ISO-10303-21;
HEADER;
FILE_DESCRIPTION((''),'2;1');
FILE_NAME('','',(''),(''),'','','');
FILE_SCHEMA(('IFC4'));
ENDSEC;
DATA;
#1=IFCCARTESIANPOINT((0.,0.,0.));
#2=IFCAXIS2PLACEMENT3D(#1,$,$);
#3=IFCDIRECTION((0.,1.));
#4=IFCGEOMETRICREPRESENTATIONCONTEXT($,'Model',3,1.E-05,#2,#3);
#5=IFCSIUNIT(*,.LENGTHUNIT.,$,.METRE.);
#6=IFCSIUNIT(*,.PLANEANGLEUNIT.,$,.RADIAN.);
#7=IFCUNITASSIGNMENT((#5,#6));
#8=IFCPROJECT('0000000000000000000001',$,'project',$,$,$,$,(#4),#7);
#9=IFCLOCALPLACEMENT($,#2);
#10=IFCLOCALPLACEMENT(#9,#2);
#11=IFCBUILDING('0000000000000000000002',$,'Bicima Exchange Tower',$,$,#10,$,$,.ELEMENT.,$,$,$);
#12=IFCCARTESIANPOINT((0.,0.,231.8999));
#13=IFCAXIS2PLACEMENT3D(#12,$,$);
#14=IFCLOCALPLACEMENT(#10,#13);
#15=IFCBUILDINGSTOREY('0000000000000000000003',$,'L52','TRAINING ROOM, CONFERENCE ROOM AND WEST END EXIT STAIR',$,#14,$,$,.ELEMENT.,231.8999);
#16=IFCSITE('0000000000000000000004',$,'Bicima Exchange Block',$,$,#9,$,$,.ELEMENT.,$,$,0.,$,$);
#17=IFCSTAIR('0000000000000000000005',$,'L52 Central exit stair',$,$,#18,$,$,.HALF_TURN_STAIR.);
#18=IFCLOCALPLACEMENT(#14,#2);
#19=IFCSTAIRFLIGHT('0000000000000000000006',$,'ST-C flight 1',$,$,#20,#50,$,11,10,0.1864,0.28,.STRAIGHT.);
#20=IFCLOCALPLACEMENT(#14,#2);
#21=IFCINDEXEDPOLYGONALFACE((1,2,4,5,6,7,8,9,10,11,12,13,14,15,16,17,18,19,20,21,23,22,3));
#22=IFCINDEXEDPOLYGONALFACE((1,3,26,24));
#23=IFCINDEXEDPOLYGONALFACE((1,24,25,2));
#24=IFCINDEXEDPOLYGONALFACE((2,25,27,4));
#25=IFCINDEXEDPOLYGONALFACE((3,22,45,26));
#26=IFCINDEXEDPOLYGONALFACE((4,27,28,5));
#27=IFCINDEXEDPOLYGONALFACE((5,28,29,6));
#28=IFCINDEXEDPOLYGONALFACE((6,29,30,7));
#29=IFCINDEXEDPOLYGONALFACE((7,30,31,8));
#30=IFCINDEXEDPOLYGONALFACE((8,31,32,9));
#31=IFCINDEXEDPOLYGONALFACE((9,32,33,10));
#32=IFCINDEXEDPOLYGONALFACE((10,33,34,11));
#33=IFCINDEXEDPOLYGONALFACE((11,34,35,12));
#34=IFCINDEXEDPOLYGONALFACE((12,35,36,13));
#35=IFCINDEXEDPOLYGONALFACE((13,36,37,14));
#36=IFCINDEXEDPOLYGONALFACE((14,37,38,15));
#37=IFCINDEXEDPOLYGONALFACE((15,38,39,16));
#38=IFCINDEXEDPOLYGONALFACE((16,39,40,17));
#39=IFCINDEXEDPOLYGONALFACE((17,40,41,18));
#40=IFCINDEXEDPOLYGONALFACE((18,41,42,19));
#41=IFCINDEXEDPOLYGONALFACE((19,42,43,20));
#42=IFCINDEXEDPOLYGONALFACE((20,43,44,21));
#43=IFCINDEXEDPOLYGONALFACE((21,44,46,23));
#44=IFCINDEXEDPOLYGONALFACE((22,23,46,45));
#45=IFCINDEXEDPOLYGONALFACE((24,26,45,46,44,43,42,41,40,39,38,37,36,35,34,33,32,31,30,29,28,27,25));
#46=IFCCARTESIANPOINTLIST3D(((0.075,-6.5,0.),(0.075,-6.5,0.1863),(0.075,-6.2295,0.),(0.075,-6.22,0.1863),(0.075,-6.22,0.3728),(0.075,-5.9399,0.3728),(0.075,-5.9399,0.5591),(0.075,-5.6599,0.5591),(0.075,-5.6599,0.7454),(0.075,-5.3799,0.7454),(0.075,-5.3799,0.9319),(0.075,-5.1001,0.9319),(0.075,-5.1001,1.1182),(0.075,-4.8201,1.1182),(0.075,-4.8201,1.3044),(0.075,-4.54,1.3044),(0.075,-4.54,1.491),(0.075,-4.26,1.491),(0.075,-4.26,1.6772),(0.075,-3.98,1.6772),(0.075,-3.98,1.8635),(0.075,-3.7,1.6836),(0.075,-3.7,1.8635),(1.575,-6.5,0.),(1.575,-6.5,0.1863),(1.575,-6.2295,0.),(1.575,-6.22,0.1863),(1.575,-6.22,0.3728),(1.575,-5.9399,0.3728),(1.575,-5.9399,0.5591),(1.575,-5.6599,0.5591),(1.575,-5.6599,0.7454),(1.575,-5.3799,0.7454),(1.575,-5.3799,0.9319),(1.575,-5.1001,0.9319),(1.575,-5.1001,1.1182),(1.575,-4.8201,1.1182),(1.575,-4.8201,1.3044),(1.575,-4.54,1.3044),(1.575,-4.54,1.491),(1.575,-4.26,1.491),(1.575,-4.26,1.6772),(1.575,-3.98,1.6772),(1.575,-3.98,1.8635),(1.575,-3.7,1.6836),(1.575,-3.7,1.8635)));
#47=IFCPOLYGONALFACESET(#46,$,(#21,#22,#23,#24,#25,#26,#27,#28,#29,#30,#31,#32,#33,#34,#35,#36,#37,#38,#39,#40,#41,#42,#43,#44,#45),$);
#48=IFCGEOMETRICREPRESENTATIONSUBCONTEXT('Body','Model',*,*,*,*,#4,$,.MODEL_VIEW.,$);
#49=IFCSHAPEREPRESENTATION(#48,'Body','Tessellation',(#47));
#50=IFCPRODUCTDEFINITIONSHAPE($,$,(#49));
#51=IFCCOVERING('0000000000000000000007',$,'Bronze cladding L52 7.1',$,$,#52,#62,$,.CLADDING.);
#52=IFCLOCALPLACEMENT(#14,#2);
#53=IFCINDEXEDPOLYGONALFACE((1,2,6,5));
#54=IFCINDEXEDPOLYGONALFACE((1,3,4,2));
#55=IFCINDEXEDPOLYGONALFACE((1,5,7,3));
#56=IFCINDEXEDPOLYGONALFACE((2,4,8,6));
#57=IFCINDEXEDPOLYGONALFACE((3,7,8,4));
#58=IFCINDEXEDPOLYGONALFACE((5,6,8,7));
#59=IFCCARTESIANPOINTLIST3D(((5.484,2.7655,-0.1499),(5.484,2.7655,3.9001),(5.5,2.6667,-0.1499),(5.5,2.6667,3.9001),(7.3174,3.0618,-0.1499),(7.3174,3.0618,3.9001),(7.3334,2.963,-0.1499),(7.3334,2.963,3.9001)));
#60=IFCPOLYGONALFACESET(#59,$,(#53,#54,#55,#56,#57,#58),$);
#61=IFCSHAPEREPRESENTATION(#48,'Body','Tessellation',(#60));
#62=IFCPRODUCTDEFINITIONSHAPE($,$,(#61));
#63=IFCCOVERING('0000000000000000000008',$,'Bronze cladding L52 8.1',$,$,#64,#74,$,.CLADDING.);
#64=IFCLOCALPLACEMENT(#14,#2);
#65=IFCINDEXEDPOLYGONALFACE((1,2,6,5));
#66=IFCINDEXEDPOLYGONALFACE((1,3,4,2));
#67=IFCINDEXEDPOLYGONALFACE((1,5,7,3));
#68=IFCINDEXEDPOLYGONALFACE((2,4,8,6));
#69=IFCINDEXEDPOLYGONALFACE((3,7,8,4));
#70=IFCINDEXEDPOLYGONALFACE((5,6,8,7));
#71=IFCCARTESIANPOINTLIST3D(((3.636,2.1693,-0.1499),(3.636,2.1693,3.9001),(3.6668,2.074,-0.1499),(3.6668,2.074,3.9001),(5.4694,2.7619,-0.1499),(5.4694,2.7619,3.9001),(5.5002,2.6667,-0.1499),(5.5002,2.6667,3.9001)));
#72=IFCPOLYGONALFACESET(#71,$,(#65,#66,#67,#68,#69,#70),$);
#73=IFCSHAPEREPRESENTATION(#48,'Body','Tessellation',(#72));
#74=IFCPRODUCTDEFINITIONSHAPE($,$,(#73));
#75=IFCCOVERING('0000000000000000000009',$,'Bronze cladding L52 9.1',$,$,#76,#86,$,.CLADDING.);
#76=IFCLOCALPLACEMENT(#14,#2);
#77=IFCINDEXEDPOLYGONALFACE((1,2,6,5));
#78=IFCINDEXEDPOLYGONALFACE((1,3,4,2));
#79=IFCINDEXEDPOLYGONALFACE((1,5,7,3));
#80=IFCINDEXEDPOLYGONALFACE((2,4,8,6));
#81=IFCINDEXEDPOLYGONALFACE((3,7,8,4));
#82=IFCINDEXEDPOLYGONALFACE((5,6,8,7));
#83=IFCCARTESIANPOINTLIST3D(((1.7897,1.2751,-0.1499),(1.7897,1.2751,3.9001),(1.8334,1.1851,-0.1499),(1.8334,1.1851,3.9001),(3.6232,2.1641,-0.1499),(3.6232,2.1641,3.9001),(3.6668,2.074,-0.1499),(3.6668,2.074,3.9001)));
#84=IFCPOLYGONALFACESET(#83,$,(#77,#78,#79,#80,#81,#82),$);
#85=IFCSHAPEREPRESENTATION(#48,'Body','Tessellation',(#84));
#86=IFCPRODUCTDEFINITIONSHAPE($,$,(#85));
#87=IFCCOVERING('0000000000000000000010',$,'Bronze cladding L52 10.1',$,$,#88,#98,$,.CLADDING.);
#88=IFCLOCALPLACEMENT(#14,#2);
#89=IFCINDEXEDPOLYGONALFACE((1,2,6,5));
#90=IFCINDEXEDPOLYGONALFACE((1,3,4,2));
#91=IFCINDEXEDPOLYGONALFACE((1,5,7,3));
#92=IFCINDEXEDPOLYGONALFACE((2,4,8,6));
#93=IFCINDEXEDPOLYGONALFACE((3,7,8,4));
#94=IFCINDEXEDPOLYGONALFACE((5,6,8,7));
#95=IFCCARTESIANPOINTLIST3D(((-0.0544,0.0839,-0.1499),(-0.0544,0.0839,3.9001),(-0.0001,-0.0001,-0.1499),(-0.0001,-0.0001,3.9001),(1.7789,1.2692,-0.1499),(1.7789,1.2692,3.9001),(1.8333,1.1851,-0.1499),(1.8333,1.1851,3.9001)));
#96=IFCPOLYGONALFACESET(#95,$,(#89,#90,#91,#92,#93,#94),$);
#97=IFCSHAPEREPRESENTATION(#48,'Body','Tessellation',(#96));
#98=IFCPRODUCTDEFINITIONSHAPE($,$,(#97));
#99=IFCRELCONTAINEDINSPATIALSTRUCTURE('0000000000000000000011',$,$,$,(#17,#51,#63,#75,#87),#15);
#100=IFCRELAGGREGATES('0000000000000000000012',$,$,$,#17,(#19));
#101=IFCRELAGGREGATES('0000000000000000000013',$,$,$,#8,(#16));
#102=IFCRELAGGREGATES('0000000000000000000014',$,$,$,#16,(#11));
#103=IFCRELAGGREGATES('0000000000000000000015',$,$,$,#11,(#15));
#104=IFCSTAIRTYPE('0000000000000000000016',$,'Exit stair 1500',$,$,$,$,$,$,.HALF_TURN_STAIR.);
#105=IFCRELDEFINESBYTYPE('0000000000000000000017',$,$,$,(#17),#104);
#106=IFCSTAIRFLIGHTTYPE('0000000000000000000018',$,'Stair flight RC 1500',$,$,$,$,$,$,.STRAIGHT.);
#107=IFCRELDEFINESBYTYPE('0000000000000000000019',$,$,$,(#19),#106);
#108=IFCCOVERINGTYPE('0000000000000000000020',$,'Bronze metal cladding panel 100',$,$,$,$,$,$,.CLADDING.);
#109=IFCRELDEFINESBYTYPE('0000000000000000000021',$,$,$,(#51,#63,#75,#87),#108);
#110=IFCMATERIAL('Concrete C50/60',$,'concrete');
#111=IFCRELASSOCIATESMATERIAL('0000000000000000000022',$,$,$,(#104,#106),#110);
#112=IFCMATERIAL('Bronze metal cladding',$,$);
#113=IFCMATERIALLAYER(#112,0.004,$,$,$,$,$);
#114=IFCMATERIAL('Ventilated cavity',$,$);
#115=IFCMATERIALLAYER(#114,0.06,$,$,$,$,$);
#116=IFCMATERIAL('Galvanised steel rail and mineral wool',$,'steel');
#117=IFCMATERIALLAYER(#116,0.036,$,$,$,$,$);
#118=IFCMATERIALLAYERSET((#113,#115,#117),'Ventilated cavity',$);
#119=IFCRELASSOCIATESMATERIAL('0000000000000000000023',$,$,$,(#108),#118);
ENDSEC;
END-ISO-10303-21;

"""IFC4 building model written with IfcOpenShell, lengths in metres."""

from ifc_helpers import new_model, si_unit, direction, frame, origin, origin_2d, place, context, subcontext, project, spatial, polyline, rectangle, outline, extrude, material, layer, layer_set, type_object, element, aggregate, save


model = new_model("IFC4")

# Units and contexts
model_context = context("Model", 3, precision=1e-05, world=origin(), true_north=direction((0.0, 1.0)))
body_context = subcontext(model_context, "Body", "Model", "MODEL_VIEW")
ifc_project = project(units=[si_unit("LENGTHUNIT", "METRE"), si_unit("PLANEANGLEUNIT", "RADIAN")], contexts=[model_context])

# Site, building, storey
site_placement = place(None, origin())
site = spatial("IfcSite", under=ifc_project, at=site_placement, Name="Bicima Exchange Block", CompositionType="ELEMENT", RefElevation=0.0)
building_placement = place(site_placement, origin())
building = spatial("IfcBuilding", under=site, at=building_placement, Name="Bicima Exchange Tower", CompositionType="ELEMENT")
storey_placement = place(building_placement, frame((0.0, 0.0, 231.8999)))
storey = spatial("IfcBuildingStorey", under=building, at=storey_placement, Name="L52", Description="TRAINING ROOM, CONFERENCE ROOM AND WEST END EXIT STAIR", CompositionType="ELEMENT", Elevation=231.8999)

# Stair
ifc_material_1 = material(Name="Concrete C50/60", Category="concrete")
stair_type_1 = type_object("IfcStairType", Name="Exit stair 1500", PredefinedType="HALF_TURN_STAIR", material=ifc_material_1)
stair_1_placement = place(storey_placement, origin())
stair_1 = element("IfcStair", 1, at=stair_1_placement, inside=storey, type_object=stair_type_1, Name="L52 Central exit stair", PredefinedType="HALF_TURN_STAIR")

# Stair flight
stair_flight_type = type_object("IfcStairFlightType", Name="Stair flight RC 1500", PredefinedType="STRAIGHT", material=ifc_material_1)
stair_flight_placement = place(storey_placement, frame((0.825, -6.5, 0.0), z_axis=(0.0, 0.0, 1.0), x_axis=(0.0, 1.0, 0.0)))
stair_flight = element("IfcStairFlight", 2, at=stair_flight_placement, type_object=stair_flight_type, Name="ST-C flight 1", NumberOfRisers=11, NumberOfTreads=10, PredefinedType="STRAIGHT", RiserHeight=0.1864, TreadLength=0.28, context=body_context, shape_type="SweptSolid", body=[
    extrude(outline(polyline([(0.0, 0.0), (0.0, 0.1863), (0.28, 0.1863), (0.28, 0.3728), (0.5601, 0.3728), (0.5601, 0.5591), (0.8401, 0.5591), (0.8401, 0.7454), (1.1201, 0.7454), (1.1201, 0.9319), (1.3999, 0.9319), (1.3999, 1.1182), (1.6799, 1.1182), (1.6799, 1.3044), (1.96, 1.3044), (1.96, 1.491), (2.24, 1.491), (2.24, 1.6772), (2.52, 1.6772), (2.52, 1.8635), (2.8, 1.8635), (2.8, 2.05), (2.8, 1.6836), (0.2705, 0.0), (0.0, 0.0)])), frame((0.0, 0.75, 0.0), z_axis=(0.0, -1.0, 0.0), x_axis=(1.0, 0.0, 0.0)), (0.0, 0.0, 1.0), 1.5),
])
aggregate(stair_1, [stair_flight])

# Coverings
ifc_material_2 = material(Name="Bronze metal cladding")
ifc_layer_1 = layer(ifc_material_2, 0.004)
ifc_material_3 = material(Name="Ventilated cavity")
ifc_layer_2 = layer(ifc_material_3, 0.06)
ifc_material_4 = material(Name="Galvanised steel rail and mineral wool", Category="steel")
ifc_layer_3 = layer(ifc_material_4, 0.036)
ifc_layer_set_1 = layer_set([ifc_layer_1, ifc_layer_2, ifc_layer_3], Name="Ventilated cavity")
covering_type = type_object("IfcCoveringType", Name="Bronze metal cladding panel 100", PredefinedType="CLADDING", material=ifc_layer_set_1)
covering_1_placement = place(storey_placement, frame((6.4087, 2.8643, -0.1499), z_axis=(0.0, 0.0, 1.0), x_axis=(-0.98719, -0.15955, 0.0)))
element("IfcCovering", 3, at=covering_1_placement, inside=storey, type_object=covering_type, Name="Bronze cladding L52 7.1", PredefinedType="CLADDING", context=body_context, shape_type="SweptSolid", body=[
    extrude(rectangle(XDim=1.8572, YDim=0.1001, at=origin_2d()), origin(), (0.0, 0.0, 1.0), 4.05),
])
covering_2_placement = place(storey_placement, frame((4.5681, 2.418, -0.1499), z_axis=(0.0, 0.0, 1.0), x_axis=(-0.951525, -0.307573, 0.0)))
element("IfcCovering", 4, at=covering_2_placement, inside=storey, type_object=covering_type, Name="Bronze cladding L52 8.1", PredefinedType="CLADDING", context=body_context, shape_type="SweptSolid", body=[
    extrude(rectangle(XDim=1.9268, YDim=0.1001, at=origin_2d()), origin(), (0.0, 0.0, 1.0), 4.05),
])
covering_3_placement = place(storey_placement, frame((2.7283, 1.6746, -0.1499), z_axis=(0.0, 0.0, 1.0), x_axis=(-0.899818, -0.436265, 0.0)))
element("IfcCovering", 5, at=covering_3_placement, inside=storey, type_object=covering_type, Name="Bronze cladding L52 9.1", PredefinedType="CLADDING", context=body_context, shape_type="SweptSolid", body=[
    extrude(rectangle(XDim=2.0376, YDim=0.1001, at=origin_2d()), origin(), (0.0, 0.0, 1.0), 4.05),
])
covering_4_placement = place(storey_placement, frame((0.8894, 0.6345, -0.1499), z_axis=(0.0, 0.0, 1.0), x_axis=(-0.83979, -0.542911, 0.0)))
element("IfcCovering", 6, at=covering_4_placement, inside=storey, type_object=covering_type, Name="Bronze cladding L52 10.1", PredefinedType="CLADDING", context=body_context, shape_type="SweptSolid", body=[
    extrude(rectangle(XDim=2.1831, YDim=0.1001, at=origin_2d()), origin(), (0.0, 0.0, 1.0), 4.05),
])

save(model, "model.ifc")
